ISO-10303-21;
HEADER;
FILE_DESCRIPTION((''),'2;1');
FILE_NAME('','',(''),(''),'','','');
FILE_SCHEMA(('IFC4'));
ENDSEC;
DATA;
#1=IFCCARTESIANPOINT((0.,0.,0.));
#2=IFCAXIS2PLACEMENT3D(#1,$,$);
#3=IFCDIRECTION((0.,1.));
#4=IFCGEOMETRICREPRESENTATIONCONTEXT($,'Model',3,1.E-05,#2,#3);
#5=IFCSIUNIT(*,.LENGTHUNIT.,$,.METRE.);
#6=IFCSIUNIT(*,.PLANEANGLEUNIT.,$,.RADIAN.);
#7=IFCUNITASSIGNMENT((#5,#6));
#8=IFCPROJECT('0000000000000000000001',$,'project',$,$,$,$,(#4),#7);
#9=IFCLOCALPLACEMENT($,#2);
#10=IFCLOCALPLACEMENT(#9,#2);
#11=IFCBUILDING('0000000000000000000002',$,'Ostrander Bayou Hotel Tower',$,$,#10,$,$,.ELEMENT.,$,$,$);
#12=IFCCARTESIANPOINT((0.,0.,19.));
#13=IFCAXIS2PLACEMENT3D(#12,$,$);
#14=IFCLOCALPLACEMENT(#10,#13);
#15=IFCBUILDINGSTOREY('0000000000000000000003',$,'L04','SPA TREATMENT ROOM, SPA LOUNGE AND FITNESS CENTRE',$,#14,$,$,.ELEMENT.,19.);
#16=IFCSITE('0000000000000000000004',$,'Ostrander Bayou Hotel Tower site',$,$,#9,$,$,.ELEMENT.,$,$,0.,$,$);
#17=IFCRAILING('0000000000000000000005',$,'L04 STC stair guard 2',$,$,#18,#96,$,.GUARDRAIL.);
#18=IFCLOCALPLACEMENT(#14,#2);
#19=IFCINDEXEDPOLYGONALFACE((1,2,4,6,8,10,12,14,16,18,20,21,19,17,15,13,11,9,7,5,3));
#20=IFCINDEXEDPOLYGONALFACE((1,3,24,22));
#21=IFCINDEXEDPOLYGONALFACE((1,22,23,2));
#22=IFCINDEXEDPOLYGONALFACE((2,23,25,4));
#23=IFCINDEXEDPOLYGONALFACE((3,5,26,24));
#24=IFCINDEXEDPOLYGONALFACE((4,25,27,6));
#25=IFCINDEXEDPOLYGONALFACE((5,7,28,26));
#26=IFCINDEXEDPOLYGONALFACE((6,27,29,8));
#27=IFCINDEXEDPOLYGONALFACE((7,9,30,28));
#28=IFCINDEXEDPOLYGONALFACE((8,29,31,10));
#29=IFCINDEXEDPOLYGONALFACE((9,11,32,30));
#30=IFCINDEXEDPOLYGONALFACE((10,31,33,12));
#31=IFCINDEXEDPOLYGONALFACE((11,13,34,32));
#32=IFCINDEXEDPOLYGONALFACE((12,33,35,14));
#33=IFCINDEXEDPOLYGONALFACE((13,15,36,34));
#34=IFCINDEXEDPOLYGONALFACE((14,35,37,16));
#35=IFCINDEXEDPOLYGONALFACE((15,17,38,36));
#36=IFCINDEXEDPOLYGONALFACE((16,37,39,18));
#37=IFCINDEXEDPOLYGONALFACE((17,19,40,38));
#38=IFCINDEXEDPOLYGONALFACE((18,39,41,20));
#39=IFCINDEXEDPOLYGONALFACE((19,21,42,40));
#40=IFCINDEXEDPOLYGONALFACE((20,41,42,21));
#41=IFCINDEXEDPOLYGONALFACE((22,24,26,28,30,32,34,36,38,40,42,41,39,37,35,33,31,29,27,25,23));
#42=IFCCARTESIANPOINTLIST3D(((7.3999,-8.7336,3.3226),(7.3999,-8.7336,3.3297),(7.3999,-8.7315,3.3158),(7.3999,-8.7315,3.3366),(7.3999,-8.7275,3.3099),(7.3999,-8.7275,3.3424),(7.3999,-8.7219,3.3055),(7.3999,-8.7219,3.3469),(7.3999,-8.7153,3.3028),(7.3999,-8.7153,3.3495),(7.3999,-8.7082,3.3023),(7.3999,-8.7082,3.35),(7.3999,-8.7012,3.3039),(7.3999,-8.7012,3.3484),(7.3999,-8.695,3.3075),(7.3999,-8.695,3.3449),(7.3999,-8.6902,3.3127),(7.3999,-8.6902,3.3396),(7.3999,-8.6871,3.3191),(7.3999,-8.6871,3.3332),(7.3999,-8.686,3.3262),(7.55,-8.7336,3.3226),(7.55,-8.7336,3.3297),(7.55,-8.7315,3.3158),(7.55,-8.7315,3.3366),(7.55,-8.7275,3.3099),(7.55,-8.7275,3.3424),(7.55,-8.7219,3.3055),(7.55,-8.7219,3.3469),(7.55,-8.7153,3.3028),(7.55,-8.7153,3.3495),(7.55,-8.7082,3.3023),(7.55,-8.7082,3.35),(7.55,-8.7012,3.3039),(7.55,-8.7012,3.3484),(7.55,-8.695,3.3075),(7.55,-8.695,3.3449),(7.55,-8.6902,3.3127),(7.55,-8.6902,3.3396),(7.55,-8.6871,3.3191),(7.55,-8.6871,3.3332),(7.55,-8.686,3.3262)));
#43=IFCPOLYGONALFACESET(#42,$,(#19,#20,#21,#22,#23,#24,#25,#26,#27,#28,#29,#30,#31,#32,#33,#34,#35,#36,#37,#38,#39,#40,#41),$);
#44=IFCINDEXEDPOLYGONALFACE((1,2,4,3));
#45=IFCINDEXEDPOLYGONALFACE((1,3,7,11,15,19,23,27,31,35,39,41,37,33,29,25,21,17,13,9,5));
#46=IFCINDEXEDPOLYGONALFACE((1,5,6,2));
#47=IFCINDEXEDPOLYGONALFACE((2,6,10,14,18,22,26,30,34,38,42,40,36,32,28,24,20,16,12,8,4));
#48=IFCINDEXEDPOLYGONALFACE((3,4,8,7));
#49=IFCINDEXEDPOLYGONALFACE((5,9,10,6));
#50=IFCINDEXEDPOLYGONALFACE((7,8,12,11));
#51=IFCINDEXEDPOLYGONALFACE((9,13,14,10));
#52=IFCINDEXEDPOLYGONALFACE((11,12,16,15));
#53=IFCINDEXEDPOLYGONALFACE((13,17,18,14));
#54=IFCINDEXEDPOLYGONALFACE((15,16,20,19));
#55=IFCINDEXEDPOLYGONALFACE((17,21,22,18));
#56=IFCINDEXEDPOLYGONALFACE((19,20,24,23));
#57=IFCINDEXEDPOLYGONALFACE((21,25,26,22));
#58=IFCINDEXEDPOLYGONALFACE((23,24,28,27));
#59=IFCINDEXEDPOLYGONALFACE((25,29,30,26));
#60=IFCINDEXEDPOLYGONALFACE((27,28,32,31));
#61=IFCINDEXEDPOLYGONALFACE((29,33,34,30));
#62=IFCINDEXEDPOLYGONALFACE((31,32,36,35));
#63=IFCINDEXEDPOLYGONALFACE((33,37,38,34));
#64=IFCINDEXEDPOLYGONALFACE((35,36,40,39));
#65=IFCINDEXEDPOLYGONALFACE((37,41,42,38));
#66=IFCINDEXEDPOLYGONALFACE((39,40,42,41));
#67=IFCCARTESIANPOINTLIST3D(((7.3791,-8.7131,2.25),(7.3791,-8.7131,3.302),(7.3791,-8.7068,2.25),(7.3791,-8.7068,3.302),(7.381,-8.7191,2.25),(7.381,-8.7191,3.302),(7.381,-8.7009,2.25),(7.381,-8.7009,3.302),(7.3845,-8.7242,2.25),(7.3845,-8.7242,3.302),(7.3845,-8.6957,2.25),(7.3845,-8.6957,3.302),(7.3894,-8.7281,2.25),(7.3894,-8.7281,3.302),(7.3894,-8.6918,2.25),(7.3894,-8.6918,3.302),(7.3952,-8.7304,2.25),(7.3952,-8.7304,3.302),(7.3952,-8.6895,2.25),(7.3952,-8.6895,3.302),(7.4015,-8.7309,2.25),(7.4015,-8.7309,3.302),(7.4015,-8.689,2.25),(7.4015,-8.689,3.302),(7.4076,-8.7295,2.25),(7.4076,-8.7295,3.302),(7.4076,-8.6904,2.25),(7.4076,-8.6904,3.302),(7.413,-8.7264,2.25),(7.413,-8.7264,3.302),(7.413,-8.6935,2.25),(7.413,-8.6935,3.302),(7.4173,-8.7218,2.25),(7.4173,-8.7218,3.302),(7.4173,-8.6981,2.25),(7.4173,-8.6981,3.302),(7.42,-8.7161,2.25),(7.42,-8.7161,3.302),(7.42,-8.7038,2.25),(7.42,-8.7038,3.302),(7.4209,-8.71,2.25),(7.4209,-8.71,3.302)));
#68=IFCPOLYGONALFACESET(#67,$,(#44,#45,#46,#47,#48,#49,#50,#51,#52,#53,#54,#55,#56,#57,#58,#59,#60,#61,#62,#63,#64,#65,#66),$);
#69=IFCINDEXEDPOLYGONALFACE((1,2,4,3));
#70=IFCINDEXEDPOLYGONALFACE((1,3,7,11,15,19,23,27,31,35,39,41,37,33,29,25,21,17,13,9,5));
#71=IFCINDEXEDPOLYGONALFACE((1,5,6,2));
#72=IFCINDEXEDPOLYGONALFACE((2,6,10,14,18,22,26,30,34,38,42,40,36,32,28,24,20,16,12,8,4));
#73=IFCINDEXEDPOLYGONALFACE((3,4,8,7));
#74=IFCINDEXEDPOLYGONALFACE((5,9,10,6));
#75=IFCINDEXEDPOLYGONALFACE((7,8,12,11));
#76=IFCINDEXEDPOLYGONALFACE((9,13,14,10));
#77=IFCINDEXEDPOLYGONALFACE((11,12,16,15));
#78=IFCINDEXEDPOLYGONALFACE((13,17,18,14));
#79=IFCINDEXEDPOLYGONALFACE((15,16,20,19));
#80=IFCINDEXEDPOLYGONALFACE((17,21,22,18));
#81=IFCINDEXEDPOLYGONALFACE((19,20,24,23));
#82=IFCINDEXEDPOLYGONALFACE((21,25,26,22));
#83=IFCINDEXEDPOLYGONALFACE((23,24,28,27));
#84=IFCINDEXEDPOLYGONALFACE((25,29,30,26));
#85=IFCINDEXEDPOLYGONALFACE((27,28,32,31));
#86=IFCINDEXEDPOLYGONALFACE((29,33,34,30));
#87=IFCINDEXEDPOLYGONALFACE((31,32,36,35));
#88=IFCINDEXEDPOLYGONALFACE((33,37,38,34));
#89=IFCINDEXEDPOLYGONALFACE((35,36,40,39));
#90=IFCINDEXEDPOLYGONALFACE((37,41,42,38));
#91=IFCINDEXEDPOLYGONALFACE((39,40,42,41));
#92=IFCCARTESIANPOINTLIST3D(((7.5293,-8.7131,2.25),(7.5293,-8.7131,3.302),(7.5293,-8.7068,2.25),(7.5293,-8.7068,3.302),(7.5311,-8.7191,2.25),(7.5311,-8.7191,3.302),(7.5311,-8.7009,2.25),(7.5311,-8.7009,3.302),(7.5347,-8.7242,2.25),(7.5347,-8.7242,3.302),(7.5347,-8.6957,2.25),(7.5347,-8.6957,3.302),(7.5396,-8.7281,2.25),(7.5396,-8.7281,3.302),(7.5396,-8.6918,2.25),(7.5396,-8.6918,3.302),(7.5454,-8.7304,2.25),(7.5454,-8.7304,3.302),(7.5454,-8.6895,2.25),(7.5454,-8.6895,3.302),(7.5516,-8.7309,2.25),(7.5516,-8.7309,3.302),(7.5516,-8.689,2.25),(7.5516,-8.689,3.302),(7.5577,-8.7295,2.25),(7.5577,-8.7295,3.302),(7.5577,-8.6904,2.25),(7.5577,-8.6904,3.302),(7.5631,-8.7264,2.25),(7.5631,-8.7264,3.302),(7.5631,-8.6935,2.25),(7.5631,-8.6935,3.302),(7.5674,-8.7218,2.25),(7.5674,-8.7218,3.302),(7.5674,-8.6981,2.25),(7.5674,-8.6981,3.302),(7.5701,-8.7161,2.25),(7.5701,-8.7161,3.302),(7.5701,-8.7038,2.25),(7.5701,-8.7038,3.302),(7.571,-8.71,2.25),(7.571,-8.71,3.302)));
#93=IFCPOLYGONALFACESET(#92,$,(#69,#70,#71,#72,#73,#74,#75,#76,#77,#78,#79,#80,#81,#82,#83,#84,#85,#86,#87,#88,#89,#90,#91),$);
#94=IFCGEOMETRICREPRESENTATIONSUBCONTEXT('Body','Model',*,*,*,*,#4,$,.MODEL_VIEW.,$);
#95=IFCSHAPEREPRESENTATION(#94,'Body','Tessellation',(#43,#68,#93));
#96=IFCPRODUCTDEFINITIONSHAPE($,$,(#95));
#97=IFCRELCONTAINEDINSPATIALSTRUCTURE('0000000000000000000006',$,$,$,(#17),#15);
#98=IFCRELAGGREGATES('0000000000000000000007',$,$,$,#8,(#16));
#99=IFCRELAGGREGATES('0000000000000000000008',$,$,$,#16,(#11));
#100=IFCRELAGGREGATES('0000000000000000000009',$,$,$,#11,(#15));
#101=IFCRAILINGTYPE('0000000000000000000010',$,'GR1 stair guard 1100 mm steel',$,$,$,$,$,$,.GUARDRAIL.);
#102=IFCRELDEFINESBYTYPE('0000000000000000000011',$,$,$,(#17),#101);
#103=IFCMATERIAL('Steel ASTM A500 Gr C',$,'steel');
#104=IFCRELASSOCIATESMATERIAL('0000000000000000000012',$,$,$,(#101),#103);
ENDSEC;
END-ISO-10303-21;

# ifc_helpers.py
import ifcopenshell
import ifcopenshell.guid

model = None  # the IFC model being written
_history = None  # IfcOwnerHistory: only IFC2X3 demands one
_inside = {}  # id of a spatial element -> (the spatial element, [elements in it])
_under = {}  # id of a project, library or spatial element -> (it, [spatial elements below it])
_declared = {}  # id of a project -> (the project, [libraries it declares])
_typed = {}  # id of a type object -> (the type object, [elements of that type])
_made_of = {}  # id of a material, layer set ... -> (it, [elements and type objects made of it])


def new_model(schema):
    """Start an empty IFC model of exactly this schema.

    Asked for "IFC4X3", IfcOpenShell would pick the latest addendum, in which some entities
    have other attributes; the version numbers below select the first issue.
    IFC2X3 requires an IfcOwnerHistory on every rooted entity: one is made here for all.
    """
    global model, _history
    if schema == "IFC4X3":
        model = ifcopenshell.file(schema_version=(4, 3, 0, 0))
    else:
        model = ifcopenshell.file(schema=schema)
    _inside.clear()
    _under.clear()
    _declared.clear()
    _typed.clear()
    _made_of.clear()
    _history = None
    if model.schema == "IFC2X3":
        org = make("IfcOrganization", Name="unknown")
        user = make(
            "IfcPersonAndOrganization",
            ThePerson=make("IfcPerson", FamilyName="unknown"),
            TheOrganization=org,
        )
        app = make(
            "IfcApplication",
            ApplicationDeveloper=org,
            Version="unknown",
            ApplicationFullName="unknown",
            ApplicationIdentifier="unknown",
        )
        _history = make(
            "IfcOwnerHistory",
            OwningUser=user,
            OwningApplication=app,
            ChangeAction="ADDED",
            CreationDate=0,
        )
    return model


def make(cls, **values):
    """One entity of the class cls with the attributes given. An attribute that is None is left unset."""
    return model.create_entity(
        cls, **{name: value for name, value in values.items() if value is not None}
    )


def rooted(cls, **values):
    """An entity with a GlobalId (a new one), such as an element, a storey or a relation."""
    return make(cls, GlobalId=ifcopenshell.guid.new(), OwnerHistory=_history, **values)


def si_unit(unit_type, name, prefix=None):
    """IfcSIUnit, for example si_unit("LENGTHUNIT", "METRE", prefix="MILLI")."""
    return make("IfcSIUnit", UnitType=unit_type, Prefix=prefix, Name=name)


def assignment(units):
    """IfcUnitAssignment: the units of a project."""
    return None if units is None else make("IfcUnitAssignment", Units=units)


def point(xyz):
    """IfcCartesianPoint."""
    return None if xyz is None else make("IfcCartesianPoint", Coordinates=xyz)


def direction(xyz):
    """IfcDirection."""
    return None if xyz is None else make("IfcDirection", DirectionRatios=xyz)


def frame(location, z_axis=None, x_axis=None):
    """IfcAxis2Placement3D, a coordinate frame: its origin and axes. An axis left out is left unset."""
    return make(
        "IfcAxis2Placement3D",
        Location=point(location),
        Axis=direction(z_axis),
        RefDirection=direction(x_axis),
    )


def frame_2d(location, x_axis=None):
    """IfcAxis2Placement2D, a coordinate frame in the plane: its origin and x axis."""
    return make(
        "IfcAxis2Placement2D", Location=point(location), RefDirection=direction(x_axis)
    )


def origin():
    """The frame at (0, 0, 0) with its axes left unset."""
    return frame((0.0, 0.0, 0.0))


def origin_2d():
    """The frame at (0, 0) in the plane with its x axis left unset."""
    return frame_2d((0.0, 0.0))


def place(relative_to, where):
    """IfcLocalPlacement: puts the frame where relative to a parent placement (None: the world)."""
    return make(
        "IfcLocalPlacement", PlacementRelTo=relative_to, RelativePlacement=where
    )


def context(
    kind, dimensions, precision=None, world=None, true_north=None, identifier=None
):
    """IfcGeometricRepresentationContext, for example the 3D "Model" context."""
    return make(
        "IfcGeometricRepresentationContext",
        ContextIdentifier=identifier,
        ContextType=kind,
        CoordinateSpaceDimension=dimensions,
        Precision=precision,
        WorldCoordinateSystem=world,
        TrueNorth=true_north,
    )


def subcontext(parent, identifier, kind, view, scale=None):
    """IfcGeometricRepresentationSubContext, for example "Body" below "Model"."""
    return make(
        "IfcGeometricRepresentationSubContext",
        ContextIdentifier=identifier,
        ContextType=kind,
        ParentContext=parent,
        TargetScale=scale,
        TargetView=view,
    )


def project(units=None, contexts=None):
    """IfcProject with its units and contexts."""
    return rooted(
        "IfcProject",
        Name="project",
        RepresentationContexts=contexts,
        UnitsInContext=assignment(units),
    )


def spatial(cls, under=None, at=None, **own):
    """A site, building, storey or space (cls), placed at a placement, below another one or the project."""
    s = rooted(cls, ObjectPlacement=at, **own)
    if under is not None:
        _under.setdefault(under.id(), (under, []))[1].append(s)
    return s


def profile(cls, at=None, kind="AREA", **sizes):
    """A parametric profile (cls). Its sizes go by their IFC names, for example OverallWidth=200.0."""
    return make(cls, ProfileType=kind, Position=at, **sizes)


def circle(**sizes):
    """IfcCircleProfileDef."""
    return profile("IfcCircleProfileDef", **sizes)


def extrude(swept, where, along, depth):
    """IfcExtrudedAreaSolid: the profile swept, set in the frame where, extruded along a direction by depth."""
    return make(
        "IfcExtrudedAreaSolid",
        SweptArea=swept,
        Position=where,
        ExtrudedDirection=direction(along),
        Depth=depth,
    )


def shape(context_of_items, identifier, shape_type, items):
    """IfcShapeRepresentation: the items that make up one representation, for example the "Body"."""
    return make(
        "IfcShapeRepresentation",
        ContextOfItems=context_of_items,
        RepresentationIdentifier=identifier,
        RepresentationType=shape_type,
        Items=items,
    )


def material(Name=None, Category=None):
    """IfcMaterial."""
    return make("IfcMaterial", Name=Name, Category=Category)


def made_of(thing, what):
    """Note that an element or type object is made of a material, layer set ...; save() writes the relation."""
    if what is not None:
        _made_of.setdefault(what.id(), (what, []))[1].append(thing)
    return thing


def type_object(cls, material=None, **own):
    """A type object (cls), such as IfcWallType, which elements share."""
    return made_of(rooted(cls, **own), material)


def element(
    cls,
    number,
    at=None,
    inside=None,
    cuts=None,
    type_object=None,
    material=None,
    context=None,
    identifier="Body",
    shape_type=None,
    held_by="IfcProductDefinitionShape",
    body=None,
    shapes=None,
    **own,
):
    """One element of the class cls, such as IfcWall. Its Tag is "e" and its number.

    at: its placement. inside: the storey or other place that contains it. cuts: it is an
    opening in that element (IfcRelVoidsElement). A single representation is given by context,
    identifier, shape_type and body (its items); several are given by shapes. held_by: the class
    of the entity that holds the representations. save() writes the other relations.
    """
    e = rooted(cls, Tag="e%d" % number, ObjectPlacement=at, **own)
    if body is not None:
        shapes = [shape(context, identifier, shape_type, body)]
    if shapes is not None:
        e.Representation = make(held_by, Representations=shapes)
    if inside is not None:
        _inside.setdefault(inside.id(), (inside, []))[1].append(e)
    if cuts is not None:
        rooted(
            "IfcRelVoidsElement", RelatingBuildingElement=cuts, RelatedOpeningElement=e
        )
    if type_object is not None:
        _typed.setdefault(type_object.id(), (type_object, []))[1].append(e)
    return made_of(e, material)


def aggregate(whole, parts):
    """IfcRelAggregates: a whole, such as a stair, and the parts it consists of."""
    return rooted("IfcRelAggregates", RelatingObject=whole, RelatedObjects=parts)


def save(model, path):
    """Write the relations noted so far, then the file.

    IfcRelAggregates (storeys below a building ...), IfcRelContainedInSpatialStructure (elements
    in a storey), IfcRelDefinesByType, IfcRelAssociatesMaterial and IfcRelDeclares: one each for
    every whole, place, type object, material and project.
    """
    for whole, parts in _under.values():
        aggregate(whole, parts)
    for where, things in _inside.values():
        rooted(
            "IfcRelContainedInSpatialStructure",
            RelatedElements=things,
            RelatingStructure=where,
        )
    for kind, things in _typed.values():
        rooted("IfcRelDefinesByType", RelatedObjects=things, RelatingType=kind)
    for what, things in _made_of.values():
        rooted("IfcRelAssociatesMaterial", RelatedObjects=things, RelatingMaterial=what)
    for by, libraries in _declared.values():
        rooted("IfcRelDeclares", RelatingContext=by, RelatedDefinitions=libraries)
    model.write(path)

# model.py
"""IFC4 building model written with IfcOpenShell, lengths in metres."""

from ifc_helpers import new_model, si_unit, direction, frame, origin, origin_2d, place, context, subcontext, project, spatial, circle, extrude, material, type_object, element, save


model = new_model("IFC4")

# Units and contexts
model_context = context("Model", 3, precision=1e-05, world=origin(), true_north=direction((0.0, 1.0)))
body_context = subcontext(model_context, "Body", "Model", "MODEL_VIEW")
ifc_project = project(units=[si_unit("LENGTHUNIT", "METRE"), si_unit("PLANEANGLEUNIT", "RADIAN")], contexts=[model_context])

# Site, building, storey
site_placement = place(None, origin())
site = spatial("IfcSite", under=ifc_project, at=site_placement, Name="Ostrander Bayou Hotel Tower site", CompositionType="ELEMENT", RefElevation=0.0)
building_placement = place(site_placement, origin())
building = spatial("IfcBuilding", under=site, at=building_placement, Name="Ostrander Bayou Hotel Tower", CompositionType="ELEMENT")
storey_placement = place(building_placement, frame((0.0, 0.0, 19.0)))
storey = spatial("IfcBuildingStorey", under=building, at=storey_placement, Name="L04", Description="SPA TREATMENT ROOM, SPA LOUNGE AND FITNESS CENTRE", CompositionType="ELEMENT", Elevation=19.0)

# Railing
ifc_material_1 = material(Name="Steel ASTM A500 Gr C", Category="steel")
railing_type_1 = type_object("IfcRailingType", Name="GR1 stair guard 1100 mm steel", PredefinedType="GUARDRAIL", material=ifc_material_1)
railing_1_placement = place(storey_placement, frame((7.3999, -8.71, 2.25)))
element("IfcRailing", 1, at=railing_1_placement, inside=storey, type_object=railing_type_1, Name="L04 STC stair guard 2", PredefinedType="GUARDRAIL", context=body_context, shape_type="SweptSolid", body=[
    extrude(circle(Radius=0.0239, at=origin_2d()), frame((0.0, 0.0, 1.0762), z_axis=(1.0, 0.0, 0.0), x_axis=(0.0, 1.0, 0.0)), (0.0, 0.0, 1.0), 0.1501),
    extrude(circle(Radius=0.021, at=origin_2d()), origin(), (0.0, 0.0, 1.0), 1.052),
    extrude(circle(Radius=0.021, at=origin_2d()), frame((0.1501, 0.0, 0.0)), (0.0, 0.0, 1.0), 1.052),
])

save(model, "model.ifc")
